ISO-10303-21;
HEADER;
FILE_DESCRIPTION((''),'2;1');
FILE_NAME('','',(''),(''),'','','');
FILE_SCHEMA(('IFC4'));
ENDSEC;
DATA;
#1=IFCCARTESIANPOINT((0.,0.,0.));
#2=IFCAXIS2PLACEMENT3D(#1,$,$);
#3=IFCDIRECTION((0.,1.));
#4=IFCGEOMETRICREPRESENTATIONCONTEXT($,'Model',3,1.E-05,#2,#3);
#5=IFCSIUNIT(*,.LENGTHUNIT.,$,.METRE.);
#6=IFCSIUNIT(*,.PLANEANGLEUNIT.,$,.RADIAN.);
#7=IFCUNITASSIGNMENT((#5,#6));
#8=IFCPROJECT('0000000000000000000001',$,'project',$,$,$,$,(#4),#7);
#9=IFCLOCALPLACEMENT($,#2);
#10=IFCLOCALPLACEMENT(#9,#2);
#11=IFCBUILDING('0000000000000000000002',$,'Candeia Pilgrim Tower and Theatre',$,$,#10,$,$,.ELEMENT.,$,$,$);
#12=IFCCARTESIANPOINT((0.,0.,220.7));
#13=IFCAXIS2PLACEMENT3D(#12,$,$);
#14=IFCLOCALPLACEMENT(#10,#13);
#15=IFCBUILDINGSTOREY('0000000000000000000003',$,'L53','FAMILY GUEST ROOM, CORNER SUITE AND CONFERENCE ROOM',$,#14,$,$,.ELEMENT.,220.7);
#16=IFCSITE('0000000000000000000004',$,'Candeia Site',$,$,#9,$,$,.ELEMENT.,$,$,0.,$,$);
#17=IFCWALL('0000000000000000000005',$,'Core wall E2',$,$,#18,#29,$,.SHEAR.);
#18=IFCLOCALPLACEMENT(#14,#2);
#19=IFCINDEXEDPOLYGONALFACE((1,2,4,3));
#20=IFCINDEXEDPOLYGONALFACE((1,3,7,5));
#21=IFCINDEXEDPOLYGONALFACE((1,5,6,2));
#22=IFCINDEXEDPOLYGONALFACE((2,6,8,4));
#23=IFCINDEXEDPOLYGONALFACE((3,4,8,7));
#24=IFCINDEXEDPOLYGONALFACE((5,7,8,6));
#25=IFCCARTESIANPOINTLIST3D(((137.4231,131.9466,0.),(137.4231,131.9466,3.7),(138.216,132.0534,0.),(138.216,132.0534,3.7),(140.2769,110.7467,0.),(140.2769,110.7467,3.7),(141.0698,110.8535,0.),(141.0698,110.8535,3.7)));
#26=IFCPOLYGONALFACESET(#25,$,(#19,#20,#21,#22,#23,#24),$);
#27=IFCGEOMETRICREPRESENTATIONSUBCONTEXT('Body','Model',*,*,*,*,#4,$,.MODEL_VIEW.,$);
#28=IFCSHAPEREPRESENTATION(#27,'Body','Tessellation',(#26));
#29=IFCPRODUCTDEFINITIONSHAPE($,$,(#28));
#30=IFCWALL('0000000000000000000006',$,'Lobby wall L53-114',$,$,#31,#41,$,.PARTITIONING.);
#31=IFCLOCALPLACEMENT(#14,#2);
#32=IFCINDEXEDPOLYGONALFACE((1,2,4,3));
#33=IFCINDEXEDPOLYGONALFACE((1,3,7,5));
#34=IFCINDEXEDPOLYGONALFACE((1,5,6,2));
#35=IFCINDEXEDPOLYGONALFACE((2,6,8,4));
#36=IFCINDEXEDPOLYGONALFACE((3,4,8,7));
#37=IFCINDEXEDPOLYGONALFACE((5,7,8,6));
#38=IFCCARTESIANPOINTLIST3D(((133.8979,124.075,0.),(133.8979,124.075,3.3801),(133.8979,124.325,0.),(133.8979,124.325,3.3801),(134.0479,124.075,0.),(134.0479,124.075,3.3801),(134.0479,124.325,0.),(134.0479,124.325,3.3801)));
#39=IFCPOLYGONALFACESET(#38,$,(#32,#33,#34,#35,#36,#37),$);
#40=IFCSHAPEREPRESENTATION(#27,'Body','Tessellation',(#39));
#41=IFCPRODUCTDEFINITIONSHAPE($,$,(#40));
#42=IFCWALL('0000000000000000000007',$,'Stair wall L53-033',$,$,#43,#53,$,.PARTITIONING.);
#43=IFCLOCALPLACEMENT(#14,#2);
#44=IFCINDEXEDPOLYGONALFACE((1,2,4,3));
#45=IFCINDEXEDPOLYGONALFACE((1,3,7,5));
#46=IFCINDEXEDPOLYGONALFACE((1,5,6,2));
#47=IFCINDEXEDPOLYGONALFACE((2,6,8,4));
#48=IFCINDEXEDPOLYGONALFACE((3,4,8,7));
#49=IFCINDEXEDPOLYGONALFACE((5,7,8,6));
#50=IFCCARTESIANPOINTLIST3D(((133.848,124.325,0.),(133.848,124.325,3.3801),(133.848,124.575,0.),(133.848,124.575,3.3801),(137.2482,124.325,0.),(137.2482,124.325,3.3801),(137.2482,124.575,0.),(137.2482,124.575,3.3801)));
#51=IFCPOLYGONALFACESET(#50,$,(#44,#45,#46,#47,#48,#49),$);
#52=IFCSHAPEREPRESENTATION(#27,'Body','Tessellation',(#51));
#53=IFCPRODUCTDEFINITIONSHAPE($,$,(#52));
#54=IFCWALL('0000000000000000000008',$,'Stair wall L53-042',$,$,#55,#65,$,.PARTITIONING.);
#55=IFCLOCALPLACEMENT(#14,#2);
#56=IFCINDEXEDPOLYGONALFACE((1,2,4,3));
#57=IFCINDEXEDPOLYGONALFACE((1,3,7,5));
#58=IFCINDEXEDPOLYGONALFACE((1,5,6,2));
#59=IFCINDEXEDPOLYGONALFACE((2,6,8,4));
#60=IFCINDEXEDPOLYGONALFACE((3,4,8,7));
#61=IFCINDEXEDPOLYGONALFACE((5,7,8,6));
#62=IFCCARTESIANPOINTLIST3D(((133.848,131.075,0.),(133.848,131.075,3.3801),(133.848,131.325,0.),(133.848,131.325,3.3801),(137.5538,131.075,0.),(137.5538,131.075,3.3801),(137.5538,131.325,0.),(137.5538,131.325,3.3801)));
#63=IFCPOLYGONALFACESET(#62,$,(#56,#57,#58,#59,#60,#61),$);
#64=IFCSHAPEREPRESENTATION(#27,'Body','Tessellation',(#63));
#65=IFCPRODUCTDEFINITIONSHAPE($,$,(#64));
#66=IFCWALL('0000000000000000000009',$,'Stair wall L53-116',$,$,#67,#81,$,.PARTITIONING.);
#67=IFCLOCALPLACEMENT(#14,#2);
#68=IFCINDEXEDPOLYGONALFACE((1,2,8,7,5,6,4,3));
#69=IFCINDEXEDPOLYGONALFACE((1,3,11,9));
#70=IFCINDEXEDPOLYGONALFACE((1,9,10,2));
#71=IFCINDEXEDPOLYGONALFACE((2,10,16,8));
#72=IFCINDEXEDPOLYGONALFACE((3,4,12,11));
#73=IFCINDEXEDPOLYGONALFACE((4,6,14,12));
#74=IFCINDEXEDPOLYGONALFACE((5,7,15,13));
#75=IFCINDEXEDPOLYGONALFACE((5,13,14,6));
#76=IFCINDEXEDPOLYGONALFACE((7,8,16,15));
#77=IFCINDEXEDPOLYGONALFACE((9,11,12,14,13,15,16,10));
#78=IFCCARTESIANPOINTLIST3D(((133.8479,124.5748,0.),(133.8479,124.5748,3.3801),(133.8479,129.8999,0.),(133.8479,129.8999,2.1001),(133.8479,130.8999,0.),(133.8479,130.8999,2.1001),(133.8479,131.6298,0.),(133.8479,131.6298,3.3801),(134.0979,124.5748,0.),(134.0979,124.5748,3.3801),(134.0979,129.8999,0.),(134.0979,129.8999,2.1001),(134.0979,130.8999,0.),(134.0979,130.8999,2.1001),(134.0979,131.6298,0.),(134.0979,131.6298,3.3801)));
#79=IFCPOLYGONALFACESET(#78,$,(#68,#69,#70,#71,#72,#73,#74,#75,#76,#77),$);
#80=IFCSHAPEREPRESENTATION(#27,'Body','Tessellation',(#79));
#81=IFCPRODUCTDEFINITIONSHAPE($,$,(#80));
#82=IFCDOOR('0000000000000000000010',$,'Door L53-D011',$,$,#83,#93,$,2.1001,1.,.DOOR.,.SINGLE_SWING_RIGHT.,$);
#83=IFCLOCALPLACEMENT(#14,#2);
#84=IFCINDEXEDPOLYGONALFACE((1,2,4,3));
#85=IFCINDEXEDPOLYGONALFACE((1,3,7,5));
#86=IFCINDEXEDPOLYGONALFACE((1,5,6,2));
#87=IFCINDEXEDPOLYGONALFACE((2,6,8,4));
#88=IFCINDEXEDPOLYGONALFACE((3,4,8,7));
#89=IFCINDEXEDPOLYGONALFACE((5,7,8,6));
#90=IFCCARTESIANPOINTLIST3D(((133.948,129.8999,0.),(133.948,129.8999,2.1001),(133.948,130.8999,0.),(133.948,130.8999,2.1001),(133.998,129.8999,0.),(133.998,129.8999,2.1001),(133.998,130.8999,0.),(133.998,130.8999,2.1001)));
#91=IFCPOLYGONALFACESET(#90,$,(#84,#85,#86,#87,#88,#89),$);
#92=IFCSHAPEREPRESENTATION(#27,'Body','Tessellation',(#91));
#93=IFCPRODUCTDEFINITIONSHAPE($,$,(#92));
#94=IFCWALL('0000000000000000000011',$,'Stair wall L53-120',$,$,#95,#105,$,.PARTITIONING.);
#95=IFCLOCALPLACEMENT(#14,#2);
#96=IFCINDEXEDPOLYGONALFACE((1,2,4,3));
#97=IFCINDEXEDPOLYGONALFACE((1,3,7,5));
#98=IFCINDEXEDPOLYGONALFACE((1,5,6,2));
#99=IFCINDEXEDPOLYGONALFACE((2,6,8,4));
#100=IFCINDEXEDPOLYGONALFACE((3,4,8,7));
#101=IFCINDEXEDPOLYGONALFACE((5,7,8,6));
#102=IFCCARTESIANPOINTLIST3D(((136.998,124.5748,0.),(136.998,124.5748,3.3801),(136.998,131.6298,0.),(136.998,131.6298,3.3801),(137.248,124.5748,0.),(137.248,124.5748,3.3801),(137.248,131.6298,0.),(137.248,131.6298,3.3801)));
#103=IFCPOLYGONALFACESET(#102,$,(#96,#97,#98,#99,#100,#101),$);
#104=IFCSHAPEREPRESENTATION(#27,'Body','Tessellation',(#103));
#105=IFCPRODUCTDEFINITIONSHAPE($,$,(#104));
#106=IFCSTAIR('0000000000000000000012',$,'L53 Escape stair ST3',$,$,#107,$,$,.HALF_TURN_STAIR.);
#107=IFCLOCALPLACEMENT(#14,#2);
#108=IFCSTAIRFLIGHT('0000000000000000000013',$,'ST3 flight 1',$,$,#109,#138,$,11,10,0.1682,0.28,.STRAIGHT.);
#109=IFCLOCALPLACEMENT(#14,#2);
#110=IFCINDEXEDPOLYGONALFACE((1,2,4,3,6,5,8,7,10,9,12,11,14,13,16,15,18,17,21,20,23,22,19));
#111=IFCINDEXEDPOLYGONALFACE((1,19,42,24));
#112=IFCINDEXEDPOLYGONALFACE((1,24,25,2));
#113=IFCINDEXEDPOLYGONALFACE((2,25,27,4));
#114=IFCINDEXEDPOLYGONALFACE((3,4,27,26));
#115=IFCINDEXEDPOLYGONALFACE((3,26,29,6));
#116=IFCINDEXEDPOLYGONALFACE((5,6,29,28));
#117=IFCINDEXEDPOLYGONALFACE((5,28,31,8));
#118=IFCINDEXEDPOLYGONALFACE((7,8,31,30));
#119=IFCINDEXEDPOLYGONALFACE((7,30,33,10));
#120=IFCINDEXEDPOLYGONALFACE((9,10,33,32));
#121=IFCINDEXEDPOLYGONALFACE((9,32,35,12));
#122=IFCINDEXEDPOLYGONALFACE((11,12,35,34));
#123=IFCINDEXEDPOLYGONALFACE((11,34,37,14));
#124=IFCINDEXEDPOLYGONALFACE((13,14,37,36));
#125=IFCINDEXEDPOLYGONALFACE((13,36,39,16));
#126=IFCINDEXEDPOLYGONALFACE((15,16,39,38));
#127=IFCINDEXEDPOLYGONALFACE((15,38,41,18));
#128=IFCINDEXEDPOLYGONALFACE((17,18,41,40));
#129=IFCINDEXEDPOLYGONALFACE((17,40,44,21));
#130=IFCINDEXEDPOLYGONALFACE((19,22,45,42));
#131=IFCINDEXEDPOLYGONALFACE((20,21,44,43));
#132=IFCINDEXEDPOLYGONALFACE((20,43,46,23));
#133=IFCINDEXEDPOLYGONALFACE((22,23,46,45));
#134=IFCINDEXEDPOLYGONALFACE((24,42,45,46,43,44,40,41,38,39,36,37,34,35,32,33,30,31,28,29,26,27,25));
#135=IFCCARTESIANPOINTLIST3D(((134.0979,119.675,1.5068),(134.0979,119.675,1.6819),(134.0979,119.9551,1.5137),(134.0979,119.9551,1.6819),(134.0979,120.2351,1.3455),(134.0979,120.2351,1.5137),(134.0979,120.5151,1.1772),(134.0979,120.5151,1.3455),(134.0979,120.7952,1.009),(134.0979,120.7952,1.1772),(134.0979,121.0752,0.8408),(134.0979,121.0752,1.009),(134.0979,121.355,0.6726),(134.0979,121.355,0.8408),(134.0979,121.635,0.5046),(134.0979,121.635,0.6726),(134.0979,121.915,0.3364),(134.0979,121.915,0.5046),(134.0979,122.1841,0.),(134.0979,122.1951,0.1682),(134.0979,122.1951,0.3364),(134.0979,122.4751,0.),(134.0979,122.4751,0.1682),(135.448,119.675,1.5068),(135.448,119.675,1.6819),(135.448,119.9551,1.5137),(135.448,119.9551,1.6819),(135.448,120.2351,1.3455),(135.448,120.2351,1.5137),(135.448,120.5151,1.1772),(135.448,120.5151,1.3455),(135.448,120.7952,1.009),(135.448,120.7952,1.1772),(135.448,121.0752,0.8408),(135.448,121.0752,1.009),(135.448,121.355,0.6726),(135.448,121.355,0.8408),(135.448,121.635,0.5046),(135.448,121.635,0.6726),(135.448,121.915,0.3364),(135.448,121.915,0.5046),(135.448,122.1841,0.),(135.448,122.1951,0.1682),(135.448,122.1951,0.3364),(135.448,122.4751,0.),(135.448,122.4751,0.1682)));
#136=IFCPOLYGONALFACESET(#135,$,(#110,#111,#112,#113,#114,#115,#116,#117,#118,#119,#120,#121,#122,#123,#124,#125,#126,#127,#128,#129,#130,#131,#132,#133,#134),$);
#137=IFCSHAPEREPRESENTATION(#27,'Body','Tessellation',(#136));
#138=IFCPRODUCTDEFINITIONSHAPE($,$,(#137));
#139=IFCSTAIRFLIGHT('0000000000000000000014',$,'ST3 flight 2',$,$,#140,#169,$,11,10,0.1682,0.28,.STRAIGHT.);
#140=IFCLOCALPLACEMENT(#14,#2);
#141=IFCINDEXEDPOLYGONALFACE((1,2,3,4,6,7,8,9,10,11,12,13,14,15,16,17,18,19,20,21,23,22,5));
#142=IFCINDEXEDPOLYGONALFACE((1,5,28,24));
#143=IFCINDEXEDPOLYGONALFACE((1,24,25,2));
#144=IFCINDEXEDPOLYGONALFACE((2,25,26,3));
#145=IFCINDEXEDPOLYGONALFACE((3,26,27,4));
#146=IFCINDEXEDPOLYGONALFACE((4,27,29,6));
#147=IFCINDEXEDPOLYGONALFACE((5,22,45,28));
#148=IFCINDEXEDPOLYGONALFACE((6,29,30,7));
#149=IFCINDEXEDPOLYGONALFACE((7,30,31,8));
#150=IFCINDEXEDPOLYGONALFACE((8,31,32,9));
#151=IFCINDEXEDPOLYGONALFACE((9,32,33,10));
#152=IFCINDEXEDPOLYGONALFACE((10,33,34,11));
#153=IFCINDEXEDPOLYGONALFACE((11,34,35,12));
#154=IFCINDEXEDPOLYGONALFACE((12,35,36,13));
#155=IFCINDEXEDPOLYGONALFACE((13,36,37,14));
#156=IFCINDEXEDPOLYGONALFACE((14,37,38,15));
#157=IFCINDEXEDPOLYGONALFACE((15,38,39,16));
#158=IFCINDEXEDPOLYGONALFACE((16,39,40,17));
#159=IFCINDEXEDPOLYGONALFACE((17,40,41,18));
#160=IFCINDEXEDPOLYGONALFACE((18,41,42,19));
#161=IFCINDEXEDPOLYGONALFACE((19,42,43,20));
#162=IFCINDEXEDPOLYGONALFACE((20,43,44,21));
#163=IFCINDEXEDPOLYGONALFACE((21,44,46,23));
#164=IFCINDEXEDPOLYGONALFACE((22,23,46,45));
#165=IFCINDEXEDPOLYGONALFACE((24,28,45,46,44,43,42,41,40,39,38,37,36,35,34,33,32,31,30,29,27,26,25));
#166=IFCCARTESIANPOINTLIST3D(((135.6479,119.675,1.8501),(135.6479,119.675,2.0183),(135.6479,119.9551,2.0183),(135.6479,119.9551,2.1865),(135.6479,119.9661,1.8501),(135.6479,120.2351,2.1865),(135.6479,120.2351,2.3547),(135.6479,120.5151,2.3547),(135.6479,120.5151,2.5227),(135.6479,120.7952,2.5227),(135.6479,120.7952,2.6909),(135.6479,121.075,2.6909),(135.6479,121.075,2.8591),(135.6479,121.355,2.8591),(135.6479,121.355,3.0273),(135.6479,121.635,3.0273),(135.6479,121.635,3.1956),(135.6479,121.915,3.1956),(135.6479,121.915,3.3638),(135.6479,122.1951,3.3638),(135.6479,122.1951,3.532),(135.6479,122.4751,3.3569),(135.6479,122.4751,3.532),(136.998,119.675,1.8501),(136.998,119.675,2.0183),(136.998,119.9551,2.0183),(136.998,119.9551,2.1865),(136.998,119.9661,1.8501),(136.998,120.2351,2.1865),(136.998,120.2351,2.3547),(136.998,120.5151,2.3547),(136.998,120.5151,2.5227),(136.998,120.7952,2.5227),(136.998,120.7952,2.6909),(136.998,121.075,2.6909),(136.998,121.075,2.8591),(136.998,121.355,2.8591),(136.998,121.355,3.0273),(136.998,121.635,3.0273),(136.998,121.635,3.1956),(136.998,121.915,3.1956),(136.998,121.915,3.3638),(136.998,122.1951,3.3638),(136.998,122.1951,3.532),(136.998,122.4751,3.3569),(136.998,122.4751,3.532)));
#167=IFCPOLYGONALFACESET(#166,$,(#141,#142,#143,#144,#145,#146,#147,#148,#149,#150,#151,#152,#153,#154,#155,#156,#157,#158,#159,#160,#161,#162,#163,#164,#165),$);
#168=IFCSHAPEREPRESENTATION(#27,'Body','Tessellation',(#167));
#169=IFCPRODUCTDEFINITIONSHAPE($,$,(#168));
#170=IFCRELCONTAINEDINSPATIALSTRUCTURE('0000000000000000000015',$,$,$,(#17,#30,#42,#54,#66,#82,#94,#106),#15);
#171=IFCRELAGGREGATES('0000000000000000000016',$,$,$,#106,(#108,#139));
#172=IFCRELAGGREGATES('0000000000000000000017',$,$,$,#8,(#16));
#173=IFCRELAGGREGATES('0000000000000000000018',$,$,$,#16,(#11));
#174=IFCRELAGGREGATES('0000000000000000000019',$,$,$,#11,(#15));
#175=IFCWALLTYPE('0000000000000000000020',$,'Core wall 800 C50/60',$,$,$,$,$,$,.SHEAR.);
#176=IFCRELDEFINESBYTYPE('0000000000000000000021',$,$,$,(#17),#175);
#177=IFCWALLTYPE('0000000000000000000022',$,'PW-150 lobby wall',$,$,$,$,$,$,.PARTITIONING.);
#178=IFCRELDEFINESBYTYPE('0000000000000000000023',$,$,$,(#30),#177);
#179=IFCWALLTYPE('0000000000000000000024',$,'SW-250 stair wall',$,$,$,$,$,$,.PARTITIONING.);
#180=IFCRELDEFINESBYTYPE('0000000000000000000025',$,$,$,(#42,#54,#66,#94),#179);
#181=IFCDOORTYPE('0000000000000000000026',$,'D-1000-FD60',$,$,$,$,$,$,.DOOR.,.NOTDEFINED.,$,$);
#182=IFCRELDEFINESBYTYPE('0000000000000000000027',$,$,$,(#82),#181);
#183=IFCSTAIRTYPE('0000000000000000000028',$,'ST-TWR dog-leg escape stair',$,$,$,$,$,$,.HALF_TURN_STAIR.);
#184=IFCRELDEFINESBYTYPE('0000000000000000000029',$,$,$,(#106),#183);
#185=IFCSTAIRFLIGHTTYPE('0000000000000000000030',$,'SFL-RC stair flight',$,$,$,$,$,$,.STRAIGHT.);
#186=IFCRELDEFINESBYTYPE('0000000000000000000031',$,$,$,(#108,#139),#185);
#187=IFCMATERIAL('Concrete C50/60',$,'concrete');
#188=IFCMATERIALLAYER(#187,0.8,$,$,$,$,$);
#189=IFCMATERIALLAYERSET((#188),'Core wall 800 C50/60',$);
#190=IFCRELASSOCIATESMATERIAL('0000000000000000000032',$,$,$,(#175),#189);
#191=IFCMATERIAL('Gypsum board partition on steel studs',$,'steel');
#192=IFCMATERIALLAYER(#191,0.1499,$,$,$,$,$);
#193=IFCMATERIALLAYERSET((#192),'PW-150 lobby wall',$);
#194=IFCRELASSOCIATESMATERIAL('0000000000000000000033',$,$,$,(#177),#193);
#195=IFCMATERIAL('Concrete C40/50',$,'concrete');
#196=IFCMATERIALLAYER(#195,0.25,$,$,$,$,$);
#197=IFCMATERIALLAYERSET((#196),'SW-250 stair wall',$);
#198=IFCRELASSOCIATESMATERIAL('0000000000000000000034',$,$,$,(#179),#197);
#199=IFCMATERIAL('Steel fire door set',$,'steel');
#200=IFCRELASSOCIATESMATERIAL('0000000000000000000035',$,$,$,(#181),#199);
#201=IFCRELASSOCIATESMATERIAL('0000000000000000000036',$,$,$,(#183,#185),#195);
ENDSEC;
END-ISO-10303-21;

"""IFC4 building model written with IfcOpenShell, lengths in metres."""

from ifc_helpers import new_model, si_unit, direction, frame, frame_2d, origin, place, context, subcontext, project, spatial, polyline, rectangle, outline, extrude, material, layer, layer_set, type_object, element, fill, aggregate, save


model = new_model("IFC4")

# Units and contexts
model_context = context("Model", 3, precision=1e-05, world=origin(), true_north=direction((0.0, 1.0)))
body_context = subcontext(model_context, "Body", "Model", "MODEL_VIEW")
ifc_project = project(units=[si_unit("LENGTHUNIT", "METRE"), si_unit("PLANEANGLEUNIT", "RADIAN")], contexts=[model_context])

# Site, building, storey
site_placement = place(None, origin())
site = spatial("IfcSite", under=ifc_project, at=site_placement, Name="Candeia Site", CompositionType="ELEMENT", RefElevation=0.0)
building_placement = place(site_placement, origin())
building = spatial("IfcBuilding", under=site, at=building_placement, Name="Candeia Pilgrim Tower and Theatre", CompositionType="ELEMENT")
storey_placement = place(building_placement, frame((0.0, 0.0, 220.7)))
storey = spatial("IfcBuildingStorey", under=building, at=storey_placement, Name="L53", Description="FAMILY GUEST ROOM, CORNER SUITE AND CONFERENCE ROOM", CompositionType="ELEMENT", Elevation=220.7)

# Walls
ifc_material_1 = material(Name="Concrete C50/60", Category="concrete")
ifc_layer_1 = layer(ifc_material_1, 0.8)
ifc_layer_set_1 = layer_set([ifc_layer_1], Name="Core wall 800 C50/60")
wall_type_1 = type_object("IfcWallType", Name="Core wall 800 C50/60", PredefinedType="SHEAR", material=ifc_layer_set_1)
wall_1_placement = place(storey_placement, frame((137.8196, 132.0, 0.0), z_axis=(0.0, 0.0, 1.0), x_axis=(0.133408, -0.991061, 0.0)))
element("IfcWall", 1, at=wall_1_placement, inside=storey, type_object=wall_type_1, Name="Core wall E2", PredefinedType="SHEAR", context=body_context, shape_type="SweptSolid", body=[
    extrude(rectangle(XDim=21.3911, YDim=0.8, at=frame_2d((10.6956, 0.0))), origin(), (0.0, 0.0, 1.0), 3.7),
])
ifc_material_2 = material(Name="Gypsum board partition on steel studs", Category="steel")
ifc_layer_2 = layer(ifc_material_2, 0.1499)
ifc_layer_set_2 = layer_set([ifc_layer_2], Name="PW-150 lobby wall")
wall_type_2 = type_object("IfcWallType", Name="PW-150 lobby wall", PredefinedType="PARTITIONING", material=ifc_layer_set_2)
wall_2_placement = place(storey_placement, frame((133.9729, 124.075, 0.0), z_axis=(0.0, 0.0, 1.0), x_axis=(0.0, 1.0, 0.0)))
element("IfcWall", 2, at=wall_2_placement, inside=storey, type_object=wall_type_2, Name="Lobby wall L53-114", PredefinedType="PARTITIONING", context=body_context, shape_type="SweptSolid", body=[
    extrude(rectangle(XDim=0.25, YDim=0.1499, at=frame_2d((0.125, 0.0))), origin(), (0.0, 0.0, 1.0), 3.3801),
])
ifc_material_3 = material(Name="Concrete C40/50", Category="concrete")
ifc_layer_3 = layer(ifc_material_3, 0.25)
ifc_layer_set_3 = layer_set([ifc_layer_3], Name="SW-250 stair wall")
wall_type_3 = type_object("IfcWallType", Name="SW-250 stair wall", PredefinedType="PARTITIONING", material=ifc_layer_set_3)
wall_3_placement = place(storey_placement, frame((133.8479, 124.45, 0.0), z_axis=(0.0, 0.0, 1.0), x_axis=(1.0, 0.0, 0.0)))
element("IfcWall", 3, at=wall_3_placement, inside=storey, type_object=wall_type_3, Name="Stair wall L53-033", PredefinedType="PARTITIONING", context=body_context, shape_type="SweptSolid", body=[
    extrude(rectangle(XDim=3.4001, YDim=0.25, at=frame_2d((1.7002, 0.0))), origin(), (0.0, 0.0, 1.0), 3.3801),
])
wall_4_placement = place(storey_placement, frame((133.8479, 131.2, 0.0), z_axis=(0.0, 0.0, 1.0), x_axis=(1.0, 0.0, 0.0)))
element("IfcWall", 4, at=wall_4_placement, inside=storey, type_object=wall_type_3, Name="Stair wall L53-042", PredefinedType="PARTITIONING", context=body_context, shape_type="SweptSolid", body=[
    extrude(rectangle(XDim=3.7058, YDim=0.25, at=frame_2d((1.853, 0.0))), origin(), (0.0, 0.0, 1.0), 3.3801),
])

# Wall, opening, door
wall_5_placement = place(storey_placement, frame((133.9729, 124.575, 0.0), z_axis=(0.0, 0.0, 1.0), x_axis=(0.0, 1.0, 0.0)))
wall_5 = element("IfcWall", 5, at=wall_5_placement, inside=storey, type_object=wall_type_3, Name="Stair wall L53-116", PredefinedType="PARTITIONING", context=body_context, shape_type="SweptSolid", body=[
    extrude(rectangle(XDim=7.0549, YDim=0.25, at=frame_2d((3.5273, 0.0))), origin(), (0.0, 0.0, 1.0), 3.3801),
])
opening_placement = place(wall_5_placement, frame((5.325, 0.0, 0.0)))
opening = element("IfcOpeningElement", 6, at=opening_placement, cuts=wall_5, PredefinedType="OPENING", context=body_context, shape_type="SweptSolid", body=[
    extrude(rectangle(XDim=1.0, YDim=2.1001, at=frame_2d((0.5, 1.05))), frame((0.0, 0.135, 0.0), z_axis=(0.0, -1.0, 0.0), x_axis=(1.0, 0.0, 0.0)), (0.0, 0.0, 1.0), 0.27),
])
ifc_material_4 = material(Name="Steel fire door set", Category="steel")
door_type = type_object("IfcDoorType", Name="D-1000-FD60", OperationType="NOTDEFINED", PredefinedType="DOOR", material=ifc_material_4)
door_placement = place(opening_placement, origin())
door = element("IfcDoor", 7, at=door_placement, inside=storey, type_object=door_type, Name="Door L53-D011", OperationType="SINGLE_SWING_RIGHT", OverallHeight=2.1001, OverallWidth=1.0, PredefinedType="DOOR", context=body_context, shape_type="SweptSolid", body=[
    extrude(rectangle(XDim=1.0, YDim=2.1001, at=frame_2d((0.5, 1.05))), frame((0.0, 0.0249, 0.0), z_axis=(0.0, -1.0, 0.0), x_axis=(1.0, 0.0, 0.0)), (0.0, 0.0, 1.0), 0.05),
])
fill(opening, door)

# Wall
wall_6_placement = place(storey_placement, frame((137.123, 124.575, 0.0), z_axis=(0.0, 0.0, 1.0), x_axis=(0.0, 1.0, 0.0)))
element("IfcWall", 8, at=wall_6_placement, inside=storey, type_object=wall_type_3, Name="Stair wall L53-120", PredefinedType="PARTITIONING", context=body_context, shape_type="SweptSolid", body=[
    extrude(rectangle(XDim=7.0549, YDim=0.25, at=frame_2d((3.5273, 0.0))), origin(), (0.0, 0.0, 1.0), 3.3801),
])

# Stair, stair flights
stair_type = type_object("IfcStairType", Name="ST-TWR dog-leg escape stair", PredefinedType="HALF_TURN_STAIR", material=ifc_material_3)
stair_1_placement = place(storey_placement, origin())
stair_1 = element("IfcStair", 9, at=stair_1_placement, inside=storey, type_object=stair_type, Name="L53 Escape stair ST3", PredefinedType="HALF_TURN_STAIR")
stair_flight_type = type_object("IfcStairFlightType", Name="SFL-RC stair flight", PredefinedType="STRAIGHT", material=ifc_material_3)
stair_flight_1_placement = place(storey_placement, frame((134.7729, 122.4751, 0.0), z_axis=(0.0, 0.0, 1.0), x_axis=(0.0, -1.0, 0.0)))
stair_flight_1 = element("IfcStairFlight", 10, at=stair_flight_1_placement, type_object=stair_flight_type, Name="ST3 flight 1", NumberOfRisers=11, NumberOfTreads=10, PredefinedType="STRAIGHT", RiserHeight=0.1682, TreadLength=0.28, context=body_context, shape_type="SweptSolid", body=[
    extrude(outline(polyline([(0.0, 0.0), (0.0, 0.1682), (0.28, 0.1682), (0.28, 0.3364), (0.5601, 0.3364), (0.5601, 0.5046), (0.8401, 0.5046), (0.8401, 0.6726), (1.1201, 0.6726), (1.1201, 0.8408), (1.3999, 0.8408), (1.3999, 1.009), (1.6799, 1.009), (1.6799, 1.1772), (1.96, 1.1772), (1.96, 1.3455), (2.24, 1.3455), (2.24, 1.5137), (2.52, 1.5137), (2.52, 1.6819), (2.8, 1.6819), (2.8, 1.8501), (2.8, 1.5068), (0.291, 0.0), (0.0, 0.0)])), frame((0.0, 0.675, 0.0), z_axis=(0.0, -1.0, 0.0), x_axis=(1.0, 0.0, 0.0)), (0.0, 0.0, 1.0), 1.3501),
])
stair_flight_2_placement = place(storey_placement, frame((136.323, 119.675, 1.8501), z_axis=(0.0, 0.0, 1.0), x_axis=(0.0, 1.0, 0.0)))
stair_flight_2 = element("IfcStairFlight", 11, at=stair_flight_2_placement, type_object=stair_flight_type, Name="ST3 flight 2", NumberOfRisers=11, NumberOfTreads=10, PredefinedType="STRAIGHT", RiserHeight=0.1682, TreadLength=0.28, context=body_context, shape_type="SweptSolid", body=[
    extrude(outline(polyline([(0.0, 0.0), (0.0, 0.1682), (0.28, 0.1682), (0.28, 0.3364), (0.5601, 0.3364), (0.5601, 0.5046), (0.8401, 0.5046), (0.8401, 0.6726), (1.1201, 0.6726), (1.1201, 0.8408), (1.3999, 0.8408), (1.3999, 1.009), (1.6799, 1.009), (1.6799, 1.1772), (1.96, 1.1772), (1.96, 1.3455), (2.24, 1.3455), (2.24, 1.5137), (2.52, 1.5137), (2.52, 1.6819), (2.8, 1.6819), (2.8, 1.8501), (2.8, 1.5068), (0.291, 0.0), (0.0, 0.0)])), frame((0.0, 0.675, 0.0), z_axis=(0.0, -1.0, 0.0), x_axis=(1.0, 0.0, 0.0)), (0.0, 0.0, 1.0), 1.3501),
])
aggregate(stair_1, [stair_flight_1, stair_flight_2])

save(model, "model.ifc")
